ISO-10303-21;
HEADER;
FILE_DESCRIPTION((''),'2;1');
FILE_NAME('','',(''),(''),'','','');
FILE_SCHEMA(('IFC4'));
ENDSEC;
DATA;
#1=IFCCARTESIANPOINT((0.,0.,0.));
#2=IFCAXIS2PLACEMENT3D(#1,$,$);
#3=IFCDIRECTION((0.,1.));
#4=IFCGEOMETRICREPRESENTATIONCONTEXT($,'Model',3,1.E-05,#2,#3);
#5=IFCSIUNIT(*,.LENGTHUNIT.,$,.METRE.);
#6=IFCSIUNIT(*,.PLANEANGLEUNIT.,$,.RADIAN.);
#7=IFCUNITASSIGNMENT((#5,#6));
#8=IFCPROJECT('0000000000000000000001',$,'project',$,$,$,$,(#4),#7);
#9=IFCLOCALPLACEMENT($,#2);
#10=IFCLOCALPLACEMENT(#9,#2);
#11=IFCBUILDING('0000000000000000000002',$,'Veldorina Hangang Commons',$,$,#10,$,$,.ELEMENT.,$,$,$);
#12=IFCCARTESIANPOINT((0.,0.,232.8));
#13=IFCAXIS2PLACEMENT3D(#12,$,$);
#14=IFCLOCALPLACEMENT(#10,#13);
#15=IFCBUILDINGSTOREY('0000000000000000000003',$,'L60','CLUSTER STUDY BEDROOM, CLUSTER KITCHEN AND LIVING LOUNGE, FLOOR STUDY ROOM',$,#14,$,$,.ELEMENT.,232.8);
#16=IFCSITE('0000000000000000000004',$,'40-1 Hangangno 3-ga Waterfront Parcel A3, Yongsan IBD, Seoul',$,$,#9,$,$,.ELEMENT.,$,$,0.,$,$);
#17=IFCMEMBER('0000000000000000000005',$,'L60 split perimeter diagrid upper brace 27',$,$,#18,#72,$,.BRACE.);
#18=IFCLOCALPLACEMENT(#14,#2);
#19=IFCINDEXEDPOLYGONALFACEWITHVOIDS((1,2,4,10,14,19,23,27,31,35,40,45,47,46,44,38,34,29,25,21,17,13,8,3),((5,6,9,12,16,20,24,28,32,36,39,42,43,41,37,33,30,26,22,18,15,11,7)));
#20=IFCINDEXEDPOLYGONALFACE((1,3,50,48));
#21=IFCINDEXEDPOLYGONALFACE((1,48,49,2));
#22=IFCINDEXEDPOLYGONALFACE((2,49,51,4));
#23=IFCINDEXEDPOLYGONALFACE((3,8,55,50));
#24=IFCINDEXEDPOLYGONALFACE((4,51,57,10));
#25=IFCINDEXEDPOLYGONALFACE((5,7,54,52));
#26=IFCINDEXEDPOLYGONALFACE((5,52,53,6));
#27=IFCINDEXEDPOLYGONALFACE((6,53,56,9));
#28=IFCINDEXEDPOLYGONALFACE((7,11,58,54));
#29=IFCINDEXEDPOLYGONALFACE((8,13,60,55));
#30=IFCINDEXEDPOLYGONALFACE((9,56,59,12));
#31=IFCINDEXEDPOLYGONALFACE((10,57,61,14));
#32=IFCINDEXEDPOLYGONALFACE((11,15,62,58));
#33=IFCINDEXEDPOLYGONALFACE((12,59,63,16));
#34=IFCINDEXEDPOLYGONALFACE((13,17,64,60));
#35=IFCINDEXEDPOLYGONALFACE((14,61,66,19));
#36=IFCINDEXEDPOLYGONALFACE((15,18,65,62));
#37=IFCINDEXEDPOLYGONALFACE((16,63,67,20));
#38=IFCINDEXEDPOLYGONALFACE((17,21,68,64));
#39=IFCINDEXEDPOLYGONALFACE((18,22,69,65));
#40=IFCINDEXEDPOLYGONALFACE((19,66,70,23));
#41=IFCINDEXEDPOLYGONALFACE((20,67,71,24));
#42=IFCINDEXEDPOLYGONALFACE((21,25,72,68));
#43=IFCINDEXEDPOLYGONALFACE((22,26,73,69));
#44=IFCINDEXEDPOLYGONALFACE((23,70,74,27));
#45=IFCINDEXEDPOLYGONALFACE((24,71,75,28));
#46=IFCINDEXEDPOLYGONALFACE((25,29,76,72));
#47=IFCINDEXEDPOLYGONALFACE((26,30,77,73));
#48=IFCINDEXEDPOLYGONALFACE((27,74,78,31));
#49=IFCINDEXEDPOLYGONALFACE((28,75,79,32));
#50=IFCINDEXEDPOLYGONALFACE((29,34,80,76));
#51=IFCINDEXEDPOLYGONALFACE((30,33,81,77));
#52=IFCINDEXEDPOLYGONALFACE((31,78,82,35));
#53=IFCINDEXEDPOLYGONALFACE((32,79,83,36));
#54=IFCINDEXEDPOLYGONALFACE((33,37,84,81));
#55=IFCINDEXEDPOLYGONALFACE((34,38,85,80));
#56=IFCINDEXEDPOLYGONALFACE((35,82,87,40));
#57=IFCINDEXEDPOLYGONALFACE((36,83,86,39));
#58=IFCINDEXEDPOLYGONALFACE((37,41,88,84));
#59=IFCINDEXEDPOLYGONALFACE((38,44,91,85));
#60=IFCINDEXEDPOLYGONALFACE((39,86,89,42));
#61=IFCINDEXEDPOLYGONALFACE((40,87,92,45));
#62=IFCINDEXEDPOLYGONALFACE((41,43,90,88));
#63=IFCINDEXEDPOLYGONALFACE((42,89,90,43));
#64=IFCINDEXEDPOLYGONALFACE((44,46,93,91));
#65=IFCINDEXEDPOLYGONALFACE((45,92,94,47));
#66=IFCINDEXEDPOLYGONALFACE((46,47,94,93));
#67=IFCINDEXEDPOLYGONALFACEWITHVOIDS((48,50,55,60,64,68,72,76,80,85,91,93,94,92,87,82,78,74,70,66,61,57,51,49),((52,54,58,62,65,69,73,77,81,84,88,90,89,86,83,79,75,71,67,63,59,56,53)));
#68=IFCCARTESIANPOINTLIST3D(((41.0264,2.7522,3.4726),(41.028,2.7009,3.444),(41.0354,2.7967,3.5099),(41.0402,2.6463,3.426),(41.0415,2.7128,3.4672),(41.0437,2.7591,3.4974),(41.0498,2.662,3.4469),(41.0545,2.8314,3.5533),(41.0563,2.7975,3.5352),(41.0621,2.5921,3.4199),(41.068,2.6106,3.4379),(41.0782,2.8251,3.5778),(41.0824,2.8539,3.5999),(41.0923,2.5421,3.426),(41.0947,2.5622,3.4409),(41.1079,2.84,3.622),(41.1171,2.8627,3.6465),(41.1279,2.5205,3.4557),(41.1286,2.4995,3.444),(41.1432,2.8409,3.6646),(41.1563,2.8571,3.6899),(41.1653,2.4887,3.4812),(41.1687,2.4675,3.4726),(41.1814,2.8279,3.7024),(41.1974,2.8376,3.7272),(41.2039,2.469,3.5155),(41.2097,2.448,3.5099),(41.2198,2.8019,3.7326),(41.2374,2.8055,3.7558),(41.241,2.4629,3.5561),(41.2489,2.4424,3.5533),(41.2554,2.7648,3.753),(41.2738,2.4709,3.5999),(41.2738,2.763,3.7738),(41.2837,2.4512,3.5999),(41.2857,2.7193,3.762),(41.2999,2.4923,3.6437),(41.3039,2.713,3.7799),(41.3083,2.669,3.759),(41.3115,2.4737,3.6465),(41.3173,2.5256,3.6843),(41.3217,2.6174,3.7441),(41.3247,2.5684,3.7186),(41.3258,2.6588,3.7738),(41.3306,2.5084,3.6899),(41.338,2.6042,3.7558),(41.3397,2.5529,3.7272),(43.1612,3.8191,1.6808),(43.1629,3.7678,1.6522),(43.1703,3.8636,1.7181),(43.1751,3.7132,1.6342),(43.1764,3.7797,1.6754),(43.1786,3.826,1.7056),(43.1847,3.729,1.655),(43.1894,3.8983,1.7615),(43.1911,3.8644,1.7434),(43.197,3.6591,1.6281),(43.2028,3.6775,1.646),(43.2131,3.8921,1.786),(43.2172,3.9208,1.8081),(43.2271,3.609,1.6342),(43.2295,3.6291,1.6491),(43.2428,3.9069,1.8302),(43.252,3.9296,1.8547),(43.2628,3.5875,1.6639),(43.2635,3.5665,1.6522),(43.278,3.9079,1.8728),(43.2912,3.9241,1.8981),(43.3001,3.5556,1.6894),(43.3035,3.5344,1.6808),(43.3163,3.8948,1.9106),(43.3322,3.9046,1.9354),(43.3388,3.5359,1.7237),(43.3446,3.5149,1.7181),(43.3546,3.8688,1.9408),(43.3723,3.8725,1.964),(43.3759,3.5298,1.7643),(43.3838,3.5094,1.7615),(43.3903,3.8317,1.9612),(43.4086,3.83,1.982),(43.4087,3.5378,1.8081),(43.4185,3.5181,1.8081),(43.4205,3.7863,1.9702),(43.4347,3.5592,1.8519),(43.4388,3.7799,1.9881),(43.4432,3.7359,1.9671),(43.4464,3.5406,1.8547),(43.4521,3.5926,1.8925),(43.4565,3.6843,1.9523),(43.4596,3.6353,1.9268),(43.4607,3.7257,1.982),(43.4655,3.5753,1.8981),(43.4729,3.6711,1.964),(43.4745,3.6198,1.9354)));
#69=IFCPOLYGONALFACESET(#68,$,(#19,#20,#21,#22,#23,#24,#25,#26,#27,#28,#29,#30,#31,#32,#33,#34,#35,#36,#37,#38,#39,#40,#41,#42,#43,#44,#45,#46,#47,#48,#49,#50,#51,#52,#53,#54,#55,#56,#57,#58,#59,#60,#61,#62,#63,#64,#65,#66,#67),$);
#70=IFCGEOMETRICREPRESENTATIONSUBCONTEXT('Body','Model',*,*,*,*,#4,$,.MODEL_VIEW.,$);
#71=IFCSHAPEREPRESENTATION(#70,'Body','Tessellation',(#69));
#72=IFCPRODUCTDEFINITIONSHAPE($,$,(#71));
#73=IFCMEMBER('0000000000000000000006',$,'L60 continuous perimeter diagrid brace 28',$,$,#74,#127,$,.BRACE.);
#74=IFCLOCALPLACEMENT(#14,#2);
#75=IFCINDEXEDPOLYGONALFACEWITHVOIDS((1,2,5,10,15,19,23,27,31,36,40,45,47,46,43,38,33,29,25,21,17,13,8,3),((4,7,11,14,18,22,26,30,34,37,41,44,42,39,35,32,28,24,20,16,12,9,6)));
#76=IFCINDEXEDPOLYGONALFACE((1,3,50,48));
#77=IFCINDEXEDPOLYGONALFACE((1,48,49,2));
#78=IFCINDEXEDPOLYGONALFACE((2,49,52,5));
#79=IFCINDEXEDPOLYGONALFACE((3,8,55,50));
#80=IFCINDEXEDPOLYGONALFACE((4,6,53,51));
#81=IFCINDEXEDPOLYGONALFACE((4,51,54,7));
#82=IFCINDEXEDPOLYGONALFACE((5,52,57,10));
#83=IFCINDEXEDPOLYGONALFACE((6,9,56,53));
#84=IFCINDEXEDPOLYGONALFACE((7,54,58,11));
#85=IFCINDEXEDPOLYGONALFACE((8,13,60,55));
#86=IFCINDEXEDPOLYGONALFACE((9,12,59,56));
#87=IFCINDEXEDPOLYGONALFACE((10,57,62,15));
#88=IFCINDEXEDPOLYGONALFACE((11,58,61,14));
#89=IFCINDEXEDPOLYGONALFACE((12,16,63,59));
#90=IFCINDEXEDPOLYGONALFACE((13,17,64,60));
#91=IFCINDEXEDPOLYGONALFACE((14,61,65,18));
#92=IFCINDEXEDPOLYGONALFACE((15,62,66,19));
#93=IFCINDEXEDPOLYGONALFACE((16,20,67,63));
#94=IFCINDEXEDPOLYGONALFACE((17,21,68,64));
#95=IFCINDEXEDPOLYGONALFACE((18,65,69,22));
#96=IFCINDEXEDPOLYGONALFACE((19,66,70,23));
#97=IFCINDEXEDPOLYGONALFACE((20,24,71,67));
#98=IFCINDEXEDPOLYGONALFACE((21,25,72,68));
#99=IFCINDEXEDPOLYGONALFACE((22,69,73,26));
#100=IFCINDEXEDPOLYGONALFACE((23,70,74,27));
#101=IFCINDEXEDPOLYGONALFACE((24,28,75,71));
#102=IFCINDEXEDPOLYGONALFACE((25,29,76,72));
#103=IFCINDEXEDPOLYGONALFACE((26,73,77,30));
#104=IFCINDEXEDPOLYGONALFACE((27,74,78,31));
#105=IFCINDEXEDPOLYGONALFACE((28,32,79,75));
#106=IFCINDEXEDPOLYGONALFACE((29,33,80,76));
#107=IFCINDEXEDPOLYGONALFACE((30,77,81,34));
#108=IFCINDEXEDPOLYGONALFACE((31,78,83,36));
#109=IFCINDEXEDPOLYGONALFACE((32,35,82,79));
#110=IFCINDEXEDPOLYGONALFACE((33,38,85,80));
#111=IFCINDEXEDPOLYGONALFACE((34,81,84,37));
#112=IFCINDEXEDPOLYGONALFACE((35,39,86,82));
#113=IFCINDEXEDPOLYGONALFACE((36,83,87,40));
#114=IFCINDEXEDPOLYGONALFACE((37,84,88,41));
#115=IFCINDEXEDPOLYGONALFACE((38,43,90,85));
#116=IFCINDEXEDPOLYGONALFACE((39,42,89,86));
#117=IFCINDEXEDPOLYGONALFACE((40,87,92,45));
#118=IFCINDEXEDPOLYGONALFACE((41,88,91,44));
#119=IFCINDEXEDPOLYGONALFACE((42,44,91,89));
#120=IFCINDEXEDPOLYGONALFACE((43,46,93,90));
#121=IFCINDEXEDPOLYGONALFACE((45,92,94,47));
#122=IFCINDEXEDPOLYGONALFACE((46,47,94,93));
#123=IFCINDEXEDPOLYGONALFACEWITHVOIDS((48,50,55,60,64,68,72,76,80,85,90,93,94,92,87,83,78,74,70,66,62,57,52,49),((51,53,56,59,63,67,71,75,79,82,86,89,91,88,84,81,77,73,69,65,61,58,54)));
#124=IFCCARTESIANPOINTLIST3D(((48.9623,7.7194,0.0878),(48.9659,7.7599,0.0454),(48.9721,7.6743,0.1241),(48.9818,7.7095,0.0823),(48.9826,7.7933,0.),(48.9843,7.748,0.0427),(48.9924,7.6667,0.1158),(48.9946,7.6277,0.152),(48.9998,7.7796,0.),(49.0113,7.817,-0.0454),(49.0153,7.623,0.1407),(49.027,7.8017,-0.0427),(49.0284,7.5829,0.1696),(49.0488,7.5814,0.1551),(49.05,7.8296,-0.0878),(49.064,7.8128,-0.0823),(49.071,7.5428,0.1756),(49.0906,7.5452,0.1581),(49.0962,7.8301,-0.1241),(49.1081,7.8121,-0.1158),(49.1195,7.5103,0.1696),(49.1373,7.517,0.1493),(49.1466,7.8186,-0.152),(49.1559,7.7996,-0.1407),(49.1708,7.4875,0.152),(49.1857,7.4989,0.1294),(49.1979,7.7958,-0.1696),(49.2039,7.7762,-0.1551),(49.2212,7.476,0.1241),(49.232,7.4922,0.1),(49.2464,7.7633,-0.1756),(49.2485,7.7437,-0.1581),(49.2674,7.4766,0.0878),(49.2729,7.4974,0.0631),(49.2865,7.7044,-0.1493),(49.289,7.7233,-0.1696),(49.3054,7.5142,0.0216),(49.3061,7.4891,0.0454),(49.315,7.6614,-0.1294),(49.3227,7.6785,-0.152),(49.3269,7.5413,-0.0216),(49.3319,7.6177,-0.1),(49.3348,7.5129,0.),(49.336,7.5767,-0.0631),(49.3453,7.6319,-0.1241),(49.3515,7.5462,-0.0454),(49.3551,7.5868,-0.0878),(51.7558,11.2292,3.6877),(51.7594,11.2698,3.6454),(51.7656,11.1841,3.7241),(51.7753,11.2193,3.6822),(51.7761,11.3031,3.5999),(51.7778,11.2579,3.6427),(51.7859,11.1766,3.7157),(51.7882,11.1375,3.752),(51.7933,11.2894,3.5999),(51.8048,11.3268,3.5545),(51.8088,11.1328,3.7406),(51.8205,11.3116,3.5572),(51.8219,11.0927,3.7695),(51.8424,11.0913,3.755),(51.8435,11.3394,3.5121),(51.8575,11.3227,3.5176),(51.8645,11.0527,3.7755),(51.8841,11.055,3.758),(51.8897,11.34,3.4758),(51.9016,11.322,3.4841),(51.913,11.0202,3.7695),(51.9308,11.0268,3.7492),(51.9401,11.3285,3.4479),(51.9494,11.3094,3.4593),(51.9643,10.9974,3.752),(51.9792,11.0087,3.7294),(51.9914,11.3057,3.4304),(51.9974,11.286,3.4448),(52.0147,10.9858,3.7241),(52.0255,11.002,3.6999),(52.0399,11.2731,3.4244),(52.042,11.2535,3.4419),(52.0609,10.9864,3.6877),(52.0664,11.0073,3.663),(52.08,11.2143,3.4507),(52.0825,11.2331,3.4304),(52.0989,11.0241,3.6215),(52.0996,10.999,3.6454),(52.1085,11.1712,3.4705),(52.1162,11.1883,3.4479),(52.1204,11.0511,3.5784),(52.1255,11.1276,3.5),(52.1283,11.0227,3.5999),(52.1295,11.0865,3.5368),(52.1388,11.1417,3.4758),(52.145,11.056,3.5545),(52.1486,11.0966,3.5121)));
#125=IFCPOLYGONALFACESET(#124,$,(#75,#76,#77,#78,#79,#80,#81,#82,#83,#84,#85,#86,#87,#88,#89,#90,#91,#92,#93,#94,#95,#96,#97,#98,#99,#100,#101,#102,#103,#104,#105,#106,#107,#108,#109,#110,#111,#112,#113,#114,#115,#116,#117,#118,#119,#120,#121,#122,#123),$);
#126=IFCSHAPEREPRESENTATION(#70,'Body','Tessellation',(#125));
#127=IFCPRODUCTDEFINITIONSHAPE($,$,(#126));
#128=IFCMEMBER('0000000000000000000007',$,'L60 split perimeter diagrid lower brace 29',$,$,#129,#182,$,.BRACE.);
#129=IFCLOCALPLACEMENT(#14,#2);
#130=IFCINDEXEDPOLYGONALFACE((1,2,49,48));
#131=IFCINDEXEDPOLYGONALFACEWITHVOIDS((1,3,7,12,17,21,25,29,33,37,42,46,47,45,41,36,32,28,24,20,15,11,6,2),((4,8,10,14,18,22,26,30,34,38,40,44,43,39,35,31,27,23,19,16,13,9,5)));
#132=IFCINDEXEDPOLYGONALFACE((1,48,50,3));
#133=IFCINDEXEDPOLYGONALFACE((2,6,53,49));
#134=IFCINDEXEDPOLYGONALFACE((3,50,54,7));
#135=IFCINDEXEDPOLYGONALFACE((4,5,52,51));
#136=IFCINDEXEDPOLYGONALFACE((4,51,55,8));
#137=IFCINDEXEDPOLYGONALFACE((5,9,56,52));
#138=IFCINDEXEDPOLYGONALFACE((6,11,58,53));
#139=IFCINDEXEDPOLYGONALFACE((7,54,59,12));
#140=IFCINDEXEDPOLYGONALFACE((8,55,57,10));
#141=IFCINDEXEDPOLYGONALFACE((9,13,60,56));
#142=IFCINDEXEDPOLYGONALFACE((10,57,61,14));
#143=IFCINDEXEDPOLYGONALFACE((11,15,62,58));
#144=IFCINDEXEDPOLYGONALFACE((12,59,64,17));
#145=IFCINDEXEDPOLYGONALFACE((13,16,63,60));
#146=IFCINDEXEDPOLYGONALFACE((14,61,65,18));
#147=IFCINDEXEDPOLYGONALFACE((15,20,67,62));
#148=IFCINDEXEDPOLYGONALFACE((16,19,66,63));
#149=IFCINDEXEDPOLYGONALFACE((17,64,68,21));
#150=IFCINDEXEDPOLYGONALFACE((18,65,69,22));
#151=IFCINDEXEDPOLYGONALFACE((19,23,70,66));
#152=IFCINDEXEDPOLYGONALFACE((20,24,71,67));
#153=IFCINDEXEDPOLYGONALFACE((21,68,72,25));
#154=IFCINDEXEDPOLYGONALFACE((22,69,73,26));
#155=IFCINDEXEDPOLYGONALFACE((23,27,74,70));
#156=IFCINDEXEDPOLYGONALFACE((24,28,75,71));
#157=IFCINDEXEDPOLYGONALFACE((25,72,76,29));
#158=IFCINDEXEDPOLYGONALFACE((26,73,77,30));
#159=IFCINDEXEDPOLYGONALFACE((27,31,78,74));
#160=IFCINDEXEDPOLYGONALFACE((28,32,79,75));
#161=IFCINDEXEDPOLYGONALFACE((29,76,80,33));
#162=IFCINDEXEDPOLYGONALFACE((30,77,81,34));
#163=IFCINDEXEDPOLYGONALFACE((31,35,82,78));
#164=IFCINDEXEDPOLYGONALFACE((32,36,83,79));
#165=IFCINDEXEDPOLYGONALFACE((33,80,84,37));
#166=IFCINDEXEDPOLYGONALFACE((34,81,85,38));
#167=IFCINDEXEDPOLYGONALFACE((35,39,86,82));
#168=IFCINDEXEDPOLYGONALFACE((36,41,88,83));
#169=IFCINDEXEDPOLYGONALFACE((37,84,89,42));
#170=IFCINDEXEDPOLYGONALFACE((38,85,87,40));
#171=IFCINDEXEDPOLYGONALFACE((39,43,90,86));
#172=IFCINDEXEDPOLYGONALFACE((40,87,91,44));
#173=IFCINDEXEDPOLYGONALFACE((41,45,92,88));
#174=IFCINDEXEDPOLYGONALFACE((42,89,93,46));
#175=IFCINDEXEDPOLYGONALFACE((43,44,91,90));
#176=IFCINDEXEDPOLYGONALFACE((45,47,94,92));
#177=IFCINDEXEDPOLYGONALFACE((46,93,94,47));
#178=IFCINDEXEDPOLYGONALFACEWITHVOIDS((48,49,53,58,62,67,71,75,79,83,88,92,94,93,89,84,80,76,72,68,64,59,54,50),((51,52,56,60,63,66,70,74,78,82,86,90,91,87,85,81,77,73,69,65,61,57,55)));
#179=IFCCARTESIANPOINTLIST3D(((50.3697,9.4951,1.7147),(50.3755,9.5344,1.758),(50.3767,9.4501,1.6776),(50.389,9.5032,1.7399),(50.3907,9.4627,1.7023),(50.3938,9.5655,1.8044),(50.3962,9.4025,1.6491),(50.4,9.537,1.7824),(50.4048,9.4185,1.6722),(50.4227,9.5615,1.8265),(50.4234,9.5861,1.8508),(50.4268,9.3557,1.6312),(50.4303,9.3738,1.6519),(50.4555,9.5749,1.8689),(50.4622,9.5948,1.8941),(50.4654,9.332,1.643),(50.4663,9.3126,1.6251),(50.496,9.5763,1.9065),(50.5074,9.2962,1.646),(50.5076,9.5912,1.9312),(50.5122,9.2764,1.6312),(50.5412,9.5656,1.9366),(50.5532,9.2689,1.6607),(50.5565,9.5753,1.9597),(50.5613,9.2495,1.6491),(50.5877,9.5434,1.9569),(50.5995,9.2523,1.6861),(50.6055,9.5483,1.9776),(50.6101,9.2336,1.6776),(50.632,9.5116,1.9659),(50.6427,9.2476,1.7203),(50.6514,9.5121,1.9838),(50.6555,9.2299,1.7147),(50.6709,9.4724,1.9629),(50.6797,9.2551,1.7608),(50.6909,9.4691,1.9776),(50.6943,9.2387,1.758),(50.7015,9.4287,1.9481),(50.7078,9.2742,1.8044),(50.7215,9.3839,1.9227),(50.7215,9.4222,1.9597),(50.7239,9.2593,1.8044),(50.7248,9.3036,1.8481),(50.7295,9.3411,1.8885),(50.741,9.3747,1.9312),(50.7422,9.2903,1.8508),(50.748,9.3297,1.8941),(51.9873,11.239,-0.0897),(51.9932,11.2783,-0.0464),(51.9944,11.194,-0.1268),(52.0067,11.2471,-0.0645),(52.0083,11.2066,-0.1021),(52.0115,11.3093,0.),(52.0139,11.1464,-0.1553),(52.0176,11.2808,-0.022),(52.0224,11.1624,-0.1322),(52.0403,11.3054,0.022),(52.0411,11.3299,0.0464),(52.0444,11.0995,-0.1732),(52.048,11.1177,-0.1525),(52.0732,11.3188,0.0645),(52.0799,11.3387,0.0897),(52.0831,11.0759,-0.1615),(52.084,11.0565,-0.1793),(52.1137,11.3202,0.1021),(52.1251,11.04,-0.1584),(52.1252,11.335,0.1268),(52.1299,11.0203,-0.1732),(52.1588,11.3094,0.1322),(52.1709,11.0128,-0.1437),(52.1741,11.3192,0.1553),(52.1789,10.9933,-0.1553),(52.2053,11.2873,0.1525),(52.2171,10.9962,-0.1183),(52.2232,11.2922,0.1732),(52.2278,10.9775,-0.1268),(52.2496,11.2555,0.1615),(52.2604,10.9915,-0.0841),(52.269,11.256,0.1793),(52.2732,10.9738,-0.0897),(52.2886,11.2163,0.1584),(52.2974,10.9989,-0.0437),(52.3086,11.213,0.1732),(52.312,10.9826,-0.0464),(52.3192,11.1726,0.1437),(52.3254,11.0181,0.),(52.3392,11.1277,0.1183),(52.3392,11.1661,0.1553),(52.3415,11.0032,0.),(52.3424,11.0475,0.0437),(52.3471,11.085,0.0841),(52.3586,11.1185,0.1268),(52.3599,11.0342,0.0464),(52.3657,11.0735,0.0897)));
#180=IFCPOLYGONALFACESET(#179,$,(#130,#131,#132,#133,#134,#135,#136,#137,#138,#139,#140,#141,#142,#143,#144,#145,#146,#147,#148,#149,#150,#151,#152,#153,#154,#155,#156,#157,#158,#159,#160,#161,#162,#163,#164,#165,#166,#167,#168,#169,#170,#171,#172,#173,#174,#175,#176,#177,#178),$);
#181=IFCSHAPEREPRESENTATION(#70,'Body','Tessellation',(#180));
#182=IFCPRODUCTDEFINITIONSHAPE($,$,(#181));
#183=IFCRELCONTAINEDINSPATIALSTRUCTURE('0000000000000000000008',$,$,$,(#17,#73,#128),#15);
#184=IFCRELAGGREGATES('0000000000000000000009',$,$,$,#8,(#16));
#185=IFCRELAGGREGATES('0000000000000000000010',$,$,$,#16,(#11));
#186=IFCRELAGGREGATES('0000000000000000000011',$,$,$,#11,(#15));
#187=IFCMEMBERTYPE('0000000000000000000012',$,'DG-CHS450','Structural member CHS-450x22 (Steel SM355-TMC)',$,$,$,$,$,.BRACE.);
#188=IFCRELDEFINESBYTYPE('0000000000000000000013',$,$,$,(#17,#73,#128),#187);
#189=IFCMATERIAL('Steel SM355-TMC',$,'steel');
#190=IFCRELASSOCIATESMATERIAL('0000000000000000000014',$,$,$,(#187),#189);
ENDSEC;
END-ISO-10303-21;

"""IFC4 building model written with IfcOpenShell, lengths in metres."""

from ifc_helpers import new_model, si_unit, direction, frame, origin, origin_2d, place, context, subcontext, project, spatial, hollow_circle, extrude, material, material_profile, profile_set, type_object, element, save


model = new_model("IFC4")

# Units and contexts
model_context = context("Model", 3, precision=1e-05, world=origin(), true_north=direction((0.0, 1.0)))
body_context = subcontext(model_context, "Body", "Model", "MODEL_VIEW")
ifc_project = project(units=[si_unit("LENGTHUNIT", "METRE"), si_unit("PLANEANGLEUNIT", "RADIAN")], contexts=[model_context])

# Site, building, storey
site_placement = place(None, origin())
site = spatial("IfcSite", under=ifc_project, at=site_placement, Name="40-1 Hangangno 3-ga Waterfront Parcel A3, Yongsan IBD, Seoul", CompositionType="ELEMENT", RefElevation=0.0)
building_placement = place(site_placement, origin())
building = spatial("IfcBuilding", under=site, at=building_placement, Name="Veldorina Hangang Commons", CompositionType="ELEMENT")
storey_placement = place(building_placement, frame((0.0, 0.0, 232.8)))
storey = spatial("IfcBuildingStorey", under=building, at=storey_placement, Name="L60", Description="CLUSTER STUDY BEDROOM, CLUSTER KITCHEN AND LIVING LOUNGE, FLOOR STUDY ROOM", CompositionType="ELEMENT", Elevation=232.8)

# Shared definitions
ifc_material_1 = material(Name="Steel SM355-TMC", Category="steel")

# Members
ifc_material_profile_1 = material_profile(ifc_material_1, hollow_circle(Radius=0.2251, WallThickness=0.022, at=origin_2d()), Name="CHS-450x22")
ifc_profile_set_1 = profile_set([ifc_material_profile_1], Name="Steel SM355-TMC")
member_type_1 = type_object("IfcMemberType", Name="DG-CHS450", Description="Structural member CHS-450x22 (Steel SM355-TMC)", PredefinedType="BRACE", material=ifc_profile_set_1)
member_1_placement = place(storey_placement, frame((43.3179, 3.7195, 1.8081), z_axis=(-0.71534, -0.357506, 0.600398), x_axis=(0.44705, -0.894509, 0.0)))
element("IfcMember", 1, at=member_1_placement, inside=storey, type_object=member_type_1, Name="L60 split perimeter diagrid upper brace 27", PredefinedType="BRACE", context=body_context, shape_type="SweptSolid", body=[
    extrude(hollow_circle(Radius=0.2251, WallThickness=0.022, at=origin_2d()), origin(), (0.0, 0.0, 1.0), 2.9844),
])
member_2_placement = place(storey_placement, frame((49.1587, 7.6531, 0.0), z_axis=(0.485684, 0.610225, 0.625888), x_axis=(-0.782427, 0.622742, 0.0)))
element("IfcMember", 2, at=member_2_placement, inside=storey, type_object=member_type_1, Name="L60 continuous perimeter diagrid brace 28", PredefinedType="BRACE", context=body_context, shape_type="SweptSolid", body=[
    extrude(hollow_circle(Radius=0.2251, WallThickness=0.022, at=origin_2d()), origin(), (0.0, 0.0, 1.0), 5.7517),
])
member_3_placement = place(storey_placement, frame((52.1765, 11.1562, 0.0), z_axis=(-0.541818, -0.584094, 0.604373), x_axis=(0.733141, -0.680077, 0.0)))
element("IfcMember", 3, at=member_3_placement, inside=storey, type_object=member_type_1, Name="L60 split perimeter diagrid lower brace 29", PredefinedType="BRACE", context=body_context, shape_type="SweptSolid", body=[
    extrude(hollow_circle(Radius=0.2251, WallThickness=0.022, at=origin_2d()), origin(), (0.0, 0.0, 1.0), 2.9856),
])

save(model, "model.ifc")
